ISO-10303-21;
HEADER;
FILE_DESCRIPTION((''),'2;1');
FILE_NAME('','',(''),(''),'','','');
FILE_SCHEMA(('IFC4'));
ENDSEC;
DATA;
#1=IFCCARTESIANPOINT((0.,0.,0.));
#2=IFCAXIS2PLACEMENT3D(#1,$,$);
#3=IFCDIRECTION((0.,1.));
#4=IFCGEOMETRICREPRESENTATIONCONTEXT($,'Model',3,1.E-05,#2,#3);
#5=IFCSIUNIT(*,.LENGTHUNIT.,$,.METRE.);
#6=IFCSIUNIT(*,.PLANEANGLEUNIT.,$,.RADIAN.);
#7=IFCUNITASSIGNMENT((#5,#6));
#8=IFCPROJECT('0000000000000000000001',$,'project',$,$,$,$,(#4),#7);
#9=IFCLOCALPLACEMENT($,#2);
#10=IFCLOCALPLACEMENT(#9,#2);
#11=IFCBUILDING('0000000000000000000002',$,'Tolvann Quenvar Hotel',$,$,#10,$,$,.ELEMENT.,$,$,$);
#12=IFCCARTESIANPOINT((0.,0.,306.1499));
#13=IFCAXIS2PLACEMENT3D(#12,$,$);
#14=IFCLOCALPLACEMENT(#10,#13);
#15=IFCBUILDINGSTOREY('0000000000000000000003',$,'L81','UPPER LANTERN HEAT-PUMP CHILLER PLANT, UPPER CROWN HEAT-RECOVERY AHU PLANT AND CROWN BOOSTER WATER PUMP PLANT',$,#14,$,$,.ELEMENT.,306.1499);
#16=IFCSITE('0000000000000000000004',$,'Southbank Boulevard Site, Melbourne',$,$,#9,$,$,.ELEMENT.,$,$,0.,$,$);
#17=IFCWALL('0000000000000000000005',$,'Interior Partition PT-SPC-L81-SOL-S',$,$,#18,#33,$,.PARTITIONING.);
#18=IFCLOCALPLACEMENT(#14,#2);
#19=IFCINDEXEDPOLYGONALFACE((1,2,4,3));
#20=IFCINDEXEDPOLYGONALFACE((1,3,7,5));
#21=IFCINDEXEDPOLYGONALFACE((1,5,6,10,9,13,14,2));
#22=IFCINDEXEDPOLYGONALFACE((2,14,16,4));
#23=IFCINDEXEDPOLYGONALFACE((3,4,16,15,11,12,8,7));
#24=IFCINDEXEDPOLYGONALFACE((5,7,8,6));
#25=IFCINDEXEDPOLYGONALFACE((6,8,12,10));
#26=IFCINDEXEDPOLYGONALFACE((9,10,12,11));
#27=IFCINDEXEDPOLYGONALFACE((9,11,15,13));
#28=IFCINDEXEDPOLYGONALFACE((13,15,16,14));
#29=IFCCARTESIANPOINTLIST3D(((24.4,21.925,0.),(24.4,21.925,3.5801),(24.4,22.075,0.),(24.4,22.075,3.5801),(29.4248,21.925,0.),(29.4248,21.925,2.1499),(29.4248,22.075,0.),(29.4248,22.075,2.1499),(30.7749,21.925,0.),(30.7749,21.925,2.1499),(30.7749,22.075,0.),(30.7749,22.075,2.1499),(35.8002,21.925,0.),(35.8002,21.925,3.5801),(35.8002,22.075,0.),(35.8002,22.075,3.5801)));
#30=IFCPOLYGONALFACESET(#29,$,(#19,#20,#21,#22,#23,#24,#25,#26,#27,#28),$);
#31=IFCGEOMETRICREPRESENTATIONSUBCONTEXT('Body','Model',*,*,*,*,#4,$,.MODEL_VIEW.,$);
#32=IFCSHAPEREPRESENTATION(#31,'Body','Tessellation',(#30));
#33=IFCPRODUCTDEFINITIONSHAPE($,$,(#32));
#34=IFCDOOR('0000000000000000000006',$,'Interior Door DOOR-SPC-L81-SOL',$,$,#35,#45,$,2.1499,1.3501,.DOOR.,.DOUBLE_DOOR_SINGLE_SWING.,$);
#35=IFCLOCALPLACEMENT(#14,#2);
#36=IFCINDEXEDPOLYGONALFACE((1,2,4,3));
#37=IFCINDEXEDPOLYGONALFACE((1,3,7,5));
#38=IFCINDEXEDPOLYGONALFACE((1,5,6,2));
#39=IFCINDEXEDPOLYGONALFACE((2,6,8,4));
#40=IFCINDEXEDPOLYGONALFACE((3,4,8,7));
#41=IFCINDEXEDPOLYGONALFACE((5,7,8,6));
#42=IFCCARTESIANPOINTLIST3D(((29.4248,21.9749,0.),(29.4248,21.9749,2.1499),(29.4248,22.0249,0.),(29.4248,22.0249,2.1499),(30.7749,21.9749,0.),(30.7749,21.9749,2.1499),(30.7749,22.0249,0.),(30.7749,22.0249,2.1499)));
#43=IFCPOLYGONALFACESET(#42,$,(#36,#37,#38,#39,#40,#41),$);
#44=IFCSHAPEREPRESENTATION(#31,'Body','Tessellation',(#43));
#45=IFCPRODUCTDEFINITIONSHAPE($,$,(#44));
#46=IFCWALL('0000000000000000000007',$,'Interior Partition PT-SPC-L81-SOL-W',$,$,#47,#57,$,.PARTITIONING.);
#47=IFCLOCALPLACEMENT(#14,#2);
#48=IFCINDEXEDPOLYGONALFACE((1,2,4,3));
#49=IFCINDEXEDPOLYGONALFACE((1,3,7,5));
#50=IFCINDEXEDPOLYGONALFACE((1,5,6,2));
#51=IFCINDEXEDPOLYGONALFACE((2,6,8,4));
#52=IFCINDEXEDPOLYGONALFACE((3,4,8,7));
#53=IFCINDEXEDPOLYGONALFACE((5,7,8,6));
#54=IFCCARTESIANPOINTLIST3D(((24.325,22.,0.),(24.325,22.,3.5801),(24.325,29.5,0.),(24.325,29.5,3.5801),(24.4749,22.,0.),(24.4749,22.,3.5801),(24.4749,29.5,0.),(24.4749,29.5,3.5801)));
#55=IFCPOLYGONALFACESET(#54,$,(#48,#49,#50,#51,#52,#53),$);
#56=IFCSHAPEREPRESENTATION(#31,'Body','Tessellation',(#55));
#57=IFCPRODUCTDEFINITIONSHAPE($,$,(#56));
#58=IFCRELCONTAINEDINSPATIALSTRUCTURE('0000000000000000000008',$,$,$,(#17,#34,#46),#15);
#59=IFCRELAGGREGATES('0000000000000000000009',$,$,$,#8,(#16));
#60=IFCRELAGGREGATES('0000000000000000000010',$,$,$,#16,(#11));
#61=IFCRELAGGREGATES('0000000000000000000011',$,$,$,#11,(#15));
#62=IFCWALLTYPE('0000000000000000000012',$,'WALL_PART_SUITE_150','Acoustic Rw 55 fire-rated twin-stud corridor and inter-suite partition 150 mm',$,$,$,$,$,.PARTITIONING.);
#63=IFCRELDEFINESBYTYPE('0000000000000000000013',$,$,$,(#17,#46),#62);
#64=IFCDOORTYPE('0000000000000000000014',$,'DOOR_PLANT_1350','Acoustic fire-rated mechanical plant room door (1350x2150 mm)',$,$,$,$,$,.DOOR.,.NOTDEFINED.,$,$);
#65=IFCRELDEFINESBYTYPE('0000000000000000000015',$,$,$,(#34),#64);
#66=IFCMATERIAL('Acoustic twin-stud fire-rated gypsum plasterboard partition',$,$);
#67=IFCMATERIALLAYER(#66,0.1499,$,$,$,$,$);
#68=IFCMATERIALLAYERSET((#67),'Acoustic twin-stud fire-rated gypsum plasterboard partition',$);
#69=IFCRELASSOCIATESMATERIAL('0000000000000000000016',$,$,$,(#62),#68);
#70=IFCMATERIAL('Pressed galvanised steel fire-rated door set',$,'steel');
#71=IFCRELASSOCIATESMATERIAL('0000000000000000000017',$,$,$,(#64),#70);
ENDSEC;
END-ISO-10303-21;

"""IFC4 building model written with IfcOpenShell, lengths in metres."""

from ifc_helpers import new_model, si_unit, direction, frame, frame_2d, origin, place, context, subcontext, project, spatial, rectangle, extrude, source, transform, mapped, material, layer, layer_set, type_object, type_shapes, element, fill, save


model = new_model("IFC4")

# Units and contexts
model_context = context("Model", 3, precision=1e-05, world=origin(), true_north=direction((0.0, 1.0)))
body_context = subcontext(model_context, "Body", "Model", "MODEL_VIEW")
ifc_project = project(units=[si_unit("LENGTHUNIT", "METRE"), si_unit("PLANEANGLEUNIT", "RADIAN")], contexts=[model_context])

# Site, building, storey
site_placement = place(None, origin())
site = spatial("IfcSite", under=ifc_project, at=site_placement, Name="Southbank Boulevard Site, Melbourne", CompositionType="ELEMENT", RefElevation=0.0)
building_placement = place(site_placement, origin())
building = spatial("IfcBuilding", under=site, at=building_placement, Name="Tolvann Quenvar Hotel", CompositionType="ELEMENT")
storey_placement = place(building_placement, frame((0.0, 0.0, 306.1499)))
storey = spatial("IfcBuildingStorey", under=building, at=storey_placement, Name="L81", Description="UPPER LANTERN HEAT-PUMP CHILLER PLANT, UPPER CROWN HEAT-RECOVERY AHU PLANT AND CROWN BOOSTER WATER PUMP PLANT", CompositionType="ELEMENT", Elevation=306.1499)

# Shared definitions
ifc_material_1 = material(Name="Acoustic twin-stud fire-rated gypsum plasterboard partition")
ifc_layer_1 = layer(ifc_material_1, 0.1499)
ifc_layer_set_1 = layer_set([ifc_layer_1], Name="Acoustic twin-stud fire-rated gypsum plasterboard partition")
wall_type = type_object("IfcWallType", Name="WALL_PART_SUITE_150", Description="Acoustic Rw 55 fire-rated twin-stud corridor and inter-suite partition 150 mm", PredefinedType="PARTITIONING", material=ifc_layer_set_1)

# Shared definitions
ifc_material_2 = material(Name="Pressed galvanised steel fire-rated door set", Category="steel")
door_type = type_object("IfcDoorType", Name="DOOR_PLANT_1350", Description="Acoustic fire-rated mechanical plant room door (1350x2150 mm)", OperationType="NOTDEFINED", PredefinedType="DOOR", material=ifc_material_2)
shared_shape_1 = source(origin(), body_context, "Body", "SweptSolid", [
    extrude(rectangle(XDim=1.3501, YDim=2.1499, at=frame_2d((0.675, 1.075))), frame((0.0, 0.0249, 0.0), z_axis=(0.0, -1.0, 0.0), x_axis=(1.0, 0.0, 0.0)), (0.0, 0.0, 1.0), 0.05),
])
type_shapes(door_type, [shared_shape_1])

# Wall, opening, door
wall_1_placement = place(storey_placement, frame((24.3999, 22.0, 0.0), z_axis=(0.0, 0.0, 1.0), x_axis=(1.0, 0.0, 0.0)))
wall_1 = element("IfcWall", 1, at=wall_1_placement, inside=storey, type_object=wall_type, Name="Interior Partition PT-SPC-L81-SOL-S", PredefinedType="PARTITIONING", context=body_context, shape_type="SweptSolid", body=[
    extrude(rectangle(XDim=11.4001, YDim=0.1499, at=frame_2d((5.7002, 0.0))), origin(), (0.0, 0.0, 1.0), 3.5801),
])
opening_1_placement = place(wall_1_placement, frame((5.0249, 0.0, 0.0)))
opening_1 = element("IfcOpeningElement", 2, at=opening_1_placement, cuts=wall_1, PredefinedType="OPENING", context=body_context, shape_type="SweptSolid", body=[
    extrude(rectangle(XDim=1.3501, YDim=2.1499, at=frame_2d((0.675, 1.075))), frame((0.0, 0.085, 0.0), z_axis=(0.0, -1.0, 0.0), x_axis=(1.0, 0.0, 0.0)), (0.0, 0.0, 1.0), 0.1699),
])
door_1_placement = place(opening_1_placement, origin())
door_1 = element("IfcDoor", 3, at=door_1_placement, inside=storey, type_object=door_type, Name="Interior Door DOOR-SPC-L81-SOL", OperationType="DOUBLE_DOOR_SINGLE_SWING", OverallHeight=2.1499, OverallWidth=1.3501, PredefinedType="DOOR", context=body_context, shape_type="MappedRepresentation", body=[
    mapped(shared_shape_1, transform((0.0, 0.0, 0.0), x_axis=(1.0, 0.0, 0.0), y_axis=(0.0, 1.0, 0.0), z_axis=(0.0, 0.0, 1.0), scale=1.0)),
])
fill(opening_1, door_1)

# Wall
wall_2_placement = place(storey_placement, frame((24.3999, 22.0, 0.0), z_axis=(0.0, 0.0, 1.0), x_axis=(0.0, 1.0, 0.0)))
element("IfcWall", 4, at=wall_2_placement, inside=storey, type_object=wall_type, Name="Interior Partition PT-SPC-L81-SOL-W", PredefinedType="PARTITIONING", context=body_context, shape_type="SweptSolid", body=[
    extrude(rectangle(XDim=7.5, YDim=0.1499, at=frame_2d((3.75, 0.0))), origin(), (0.0, 0.0, 1.0), 3.5801),
])

save(model, "model.ifc")
